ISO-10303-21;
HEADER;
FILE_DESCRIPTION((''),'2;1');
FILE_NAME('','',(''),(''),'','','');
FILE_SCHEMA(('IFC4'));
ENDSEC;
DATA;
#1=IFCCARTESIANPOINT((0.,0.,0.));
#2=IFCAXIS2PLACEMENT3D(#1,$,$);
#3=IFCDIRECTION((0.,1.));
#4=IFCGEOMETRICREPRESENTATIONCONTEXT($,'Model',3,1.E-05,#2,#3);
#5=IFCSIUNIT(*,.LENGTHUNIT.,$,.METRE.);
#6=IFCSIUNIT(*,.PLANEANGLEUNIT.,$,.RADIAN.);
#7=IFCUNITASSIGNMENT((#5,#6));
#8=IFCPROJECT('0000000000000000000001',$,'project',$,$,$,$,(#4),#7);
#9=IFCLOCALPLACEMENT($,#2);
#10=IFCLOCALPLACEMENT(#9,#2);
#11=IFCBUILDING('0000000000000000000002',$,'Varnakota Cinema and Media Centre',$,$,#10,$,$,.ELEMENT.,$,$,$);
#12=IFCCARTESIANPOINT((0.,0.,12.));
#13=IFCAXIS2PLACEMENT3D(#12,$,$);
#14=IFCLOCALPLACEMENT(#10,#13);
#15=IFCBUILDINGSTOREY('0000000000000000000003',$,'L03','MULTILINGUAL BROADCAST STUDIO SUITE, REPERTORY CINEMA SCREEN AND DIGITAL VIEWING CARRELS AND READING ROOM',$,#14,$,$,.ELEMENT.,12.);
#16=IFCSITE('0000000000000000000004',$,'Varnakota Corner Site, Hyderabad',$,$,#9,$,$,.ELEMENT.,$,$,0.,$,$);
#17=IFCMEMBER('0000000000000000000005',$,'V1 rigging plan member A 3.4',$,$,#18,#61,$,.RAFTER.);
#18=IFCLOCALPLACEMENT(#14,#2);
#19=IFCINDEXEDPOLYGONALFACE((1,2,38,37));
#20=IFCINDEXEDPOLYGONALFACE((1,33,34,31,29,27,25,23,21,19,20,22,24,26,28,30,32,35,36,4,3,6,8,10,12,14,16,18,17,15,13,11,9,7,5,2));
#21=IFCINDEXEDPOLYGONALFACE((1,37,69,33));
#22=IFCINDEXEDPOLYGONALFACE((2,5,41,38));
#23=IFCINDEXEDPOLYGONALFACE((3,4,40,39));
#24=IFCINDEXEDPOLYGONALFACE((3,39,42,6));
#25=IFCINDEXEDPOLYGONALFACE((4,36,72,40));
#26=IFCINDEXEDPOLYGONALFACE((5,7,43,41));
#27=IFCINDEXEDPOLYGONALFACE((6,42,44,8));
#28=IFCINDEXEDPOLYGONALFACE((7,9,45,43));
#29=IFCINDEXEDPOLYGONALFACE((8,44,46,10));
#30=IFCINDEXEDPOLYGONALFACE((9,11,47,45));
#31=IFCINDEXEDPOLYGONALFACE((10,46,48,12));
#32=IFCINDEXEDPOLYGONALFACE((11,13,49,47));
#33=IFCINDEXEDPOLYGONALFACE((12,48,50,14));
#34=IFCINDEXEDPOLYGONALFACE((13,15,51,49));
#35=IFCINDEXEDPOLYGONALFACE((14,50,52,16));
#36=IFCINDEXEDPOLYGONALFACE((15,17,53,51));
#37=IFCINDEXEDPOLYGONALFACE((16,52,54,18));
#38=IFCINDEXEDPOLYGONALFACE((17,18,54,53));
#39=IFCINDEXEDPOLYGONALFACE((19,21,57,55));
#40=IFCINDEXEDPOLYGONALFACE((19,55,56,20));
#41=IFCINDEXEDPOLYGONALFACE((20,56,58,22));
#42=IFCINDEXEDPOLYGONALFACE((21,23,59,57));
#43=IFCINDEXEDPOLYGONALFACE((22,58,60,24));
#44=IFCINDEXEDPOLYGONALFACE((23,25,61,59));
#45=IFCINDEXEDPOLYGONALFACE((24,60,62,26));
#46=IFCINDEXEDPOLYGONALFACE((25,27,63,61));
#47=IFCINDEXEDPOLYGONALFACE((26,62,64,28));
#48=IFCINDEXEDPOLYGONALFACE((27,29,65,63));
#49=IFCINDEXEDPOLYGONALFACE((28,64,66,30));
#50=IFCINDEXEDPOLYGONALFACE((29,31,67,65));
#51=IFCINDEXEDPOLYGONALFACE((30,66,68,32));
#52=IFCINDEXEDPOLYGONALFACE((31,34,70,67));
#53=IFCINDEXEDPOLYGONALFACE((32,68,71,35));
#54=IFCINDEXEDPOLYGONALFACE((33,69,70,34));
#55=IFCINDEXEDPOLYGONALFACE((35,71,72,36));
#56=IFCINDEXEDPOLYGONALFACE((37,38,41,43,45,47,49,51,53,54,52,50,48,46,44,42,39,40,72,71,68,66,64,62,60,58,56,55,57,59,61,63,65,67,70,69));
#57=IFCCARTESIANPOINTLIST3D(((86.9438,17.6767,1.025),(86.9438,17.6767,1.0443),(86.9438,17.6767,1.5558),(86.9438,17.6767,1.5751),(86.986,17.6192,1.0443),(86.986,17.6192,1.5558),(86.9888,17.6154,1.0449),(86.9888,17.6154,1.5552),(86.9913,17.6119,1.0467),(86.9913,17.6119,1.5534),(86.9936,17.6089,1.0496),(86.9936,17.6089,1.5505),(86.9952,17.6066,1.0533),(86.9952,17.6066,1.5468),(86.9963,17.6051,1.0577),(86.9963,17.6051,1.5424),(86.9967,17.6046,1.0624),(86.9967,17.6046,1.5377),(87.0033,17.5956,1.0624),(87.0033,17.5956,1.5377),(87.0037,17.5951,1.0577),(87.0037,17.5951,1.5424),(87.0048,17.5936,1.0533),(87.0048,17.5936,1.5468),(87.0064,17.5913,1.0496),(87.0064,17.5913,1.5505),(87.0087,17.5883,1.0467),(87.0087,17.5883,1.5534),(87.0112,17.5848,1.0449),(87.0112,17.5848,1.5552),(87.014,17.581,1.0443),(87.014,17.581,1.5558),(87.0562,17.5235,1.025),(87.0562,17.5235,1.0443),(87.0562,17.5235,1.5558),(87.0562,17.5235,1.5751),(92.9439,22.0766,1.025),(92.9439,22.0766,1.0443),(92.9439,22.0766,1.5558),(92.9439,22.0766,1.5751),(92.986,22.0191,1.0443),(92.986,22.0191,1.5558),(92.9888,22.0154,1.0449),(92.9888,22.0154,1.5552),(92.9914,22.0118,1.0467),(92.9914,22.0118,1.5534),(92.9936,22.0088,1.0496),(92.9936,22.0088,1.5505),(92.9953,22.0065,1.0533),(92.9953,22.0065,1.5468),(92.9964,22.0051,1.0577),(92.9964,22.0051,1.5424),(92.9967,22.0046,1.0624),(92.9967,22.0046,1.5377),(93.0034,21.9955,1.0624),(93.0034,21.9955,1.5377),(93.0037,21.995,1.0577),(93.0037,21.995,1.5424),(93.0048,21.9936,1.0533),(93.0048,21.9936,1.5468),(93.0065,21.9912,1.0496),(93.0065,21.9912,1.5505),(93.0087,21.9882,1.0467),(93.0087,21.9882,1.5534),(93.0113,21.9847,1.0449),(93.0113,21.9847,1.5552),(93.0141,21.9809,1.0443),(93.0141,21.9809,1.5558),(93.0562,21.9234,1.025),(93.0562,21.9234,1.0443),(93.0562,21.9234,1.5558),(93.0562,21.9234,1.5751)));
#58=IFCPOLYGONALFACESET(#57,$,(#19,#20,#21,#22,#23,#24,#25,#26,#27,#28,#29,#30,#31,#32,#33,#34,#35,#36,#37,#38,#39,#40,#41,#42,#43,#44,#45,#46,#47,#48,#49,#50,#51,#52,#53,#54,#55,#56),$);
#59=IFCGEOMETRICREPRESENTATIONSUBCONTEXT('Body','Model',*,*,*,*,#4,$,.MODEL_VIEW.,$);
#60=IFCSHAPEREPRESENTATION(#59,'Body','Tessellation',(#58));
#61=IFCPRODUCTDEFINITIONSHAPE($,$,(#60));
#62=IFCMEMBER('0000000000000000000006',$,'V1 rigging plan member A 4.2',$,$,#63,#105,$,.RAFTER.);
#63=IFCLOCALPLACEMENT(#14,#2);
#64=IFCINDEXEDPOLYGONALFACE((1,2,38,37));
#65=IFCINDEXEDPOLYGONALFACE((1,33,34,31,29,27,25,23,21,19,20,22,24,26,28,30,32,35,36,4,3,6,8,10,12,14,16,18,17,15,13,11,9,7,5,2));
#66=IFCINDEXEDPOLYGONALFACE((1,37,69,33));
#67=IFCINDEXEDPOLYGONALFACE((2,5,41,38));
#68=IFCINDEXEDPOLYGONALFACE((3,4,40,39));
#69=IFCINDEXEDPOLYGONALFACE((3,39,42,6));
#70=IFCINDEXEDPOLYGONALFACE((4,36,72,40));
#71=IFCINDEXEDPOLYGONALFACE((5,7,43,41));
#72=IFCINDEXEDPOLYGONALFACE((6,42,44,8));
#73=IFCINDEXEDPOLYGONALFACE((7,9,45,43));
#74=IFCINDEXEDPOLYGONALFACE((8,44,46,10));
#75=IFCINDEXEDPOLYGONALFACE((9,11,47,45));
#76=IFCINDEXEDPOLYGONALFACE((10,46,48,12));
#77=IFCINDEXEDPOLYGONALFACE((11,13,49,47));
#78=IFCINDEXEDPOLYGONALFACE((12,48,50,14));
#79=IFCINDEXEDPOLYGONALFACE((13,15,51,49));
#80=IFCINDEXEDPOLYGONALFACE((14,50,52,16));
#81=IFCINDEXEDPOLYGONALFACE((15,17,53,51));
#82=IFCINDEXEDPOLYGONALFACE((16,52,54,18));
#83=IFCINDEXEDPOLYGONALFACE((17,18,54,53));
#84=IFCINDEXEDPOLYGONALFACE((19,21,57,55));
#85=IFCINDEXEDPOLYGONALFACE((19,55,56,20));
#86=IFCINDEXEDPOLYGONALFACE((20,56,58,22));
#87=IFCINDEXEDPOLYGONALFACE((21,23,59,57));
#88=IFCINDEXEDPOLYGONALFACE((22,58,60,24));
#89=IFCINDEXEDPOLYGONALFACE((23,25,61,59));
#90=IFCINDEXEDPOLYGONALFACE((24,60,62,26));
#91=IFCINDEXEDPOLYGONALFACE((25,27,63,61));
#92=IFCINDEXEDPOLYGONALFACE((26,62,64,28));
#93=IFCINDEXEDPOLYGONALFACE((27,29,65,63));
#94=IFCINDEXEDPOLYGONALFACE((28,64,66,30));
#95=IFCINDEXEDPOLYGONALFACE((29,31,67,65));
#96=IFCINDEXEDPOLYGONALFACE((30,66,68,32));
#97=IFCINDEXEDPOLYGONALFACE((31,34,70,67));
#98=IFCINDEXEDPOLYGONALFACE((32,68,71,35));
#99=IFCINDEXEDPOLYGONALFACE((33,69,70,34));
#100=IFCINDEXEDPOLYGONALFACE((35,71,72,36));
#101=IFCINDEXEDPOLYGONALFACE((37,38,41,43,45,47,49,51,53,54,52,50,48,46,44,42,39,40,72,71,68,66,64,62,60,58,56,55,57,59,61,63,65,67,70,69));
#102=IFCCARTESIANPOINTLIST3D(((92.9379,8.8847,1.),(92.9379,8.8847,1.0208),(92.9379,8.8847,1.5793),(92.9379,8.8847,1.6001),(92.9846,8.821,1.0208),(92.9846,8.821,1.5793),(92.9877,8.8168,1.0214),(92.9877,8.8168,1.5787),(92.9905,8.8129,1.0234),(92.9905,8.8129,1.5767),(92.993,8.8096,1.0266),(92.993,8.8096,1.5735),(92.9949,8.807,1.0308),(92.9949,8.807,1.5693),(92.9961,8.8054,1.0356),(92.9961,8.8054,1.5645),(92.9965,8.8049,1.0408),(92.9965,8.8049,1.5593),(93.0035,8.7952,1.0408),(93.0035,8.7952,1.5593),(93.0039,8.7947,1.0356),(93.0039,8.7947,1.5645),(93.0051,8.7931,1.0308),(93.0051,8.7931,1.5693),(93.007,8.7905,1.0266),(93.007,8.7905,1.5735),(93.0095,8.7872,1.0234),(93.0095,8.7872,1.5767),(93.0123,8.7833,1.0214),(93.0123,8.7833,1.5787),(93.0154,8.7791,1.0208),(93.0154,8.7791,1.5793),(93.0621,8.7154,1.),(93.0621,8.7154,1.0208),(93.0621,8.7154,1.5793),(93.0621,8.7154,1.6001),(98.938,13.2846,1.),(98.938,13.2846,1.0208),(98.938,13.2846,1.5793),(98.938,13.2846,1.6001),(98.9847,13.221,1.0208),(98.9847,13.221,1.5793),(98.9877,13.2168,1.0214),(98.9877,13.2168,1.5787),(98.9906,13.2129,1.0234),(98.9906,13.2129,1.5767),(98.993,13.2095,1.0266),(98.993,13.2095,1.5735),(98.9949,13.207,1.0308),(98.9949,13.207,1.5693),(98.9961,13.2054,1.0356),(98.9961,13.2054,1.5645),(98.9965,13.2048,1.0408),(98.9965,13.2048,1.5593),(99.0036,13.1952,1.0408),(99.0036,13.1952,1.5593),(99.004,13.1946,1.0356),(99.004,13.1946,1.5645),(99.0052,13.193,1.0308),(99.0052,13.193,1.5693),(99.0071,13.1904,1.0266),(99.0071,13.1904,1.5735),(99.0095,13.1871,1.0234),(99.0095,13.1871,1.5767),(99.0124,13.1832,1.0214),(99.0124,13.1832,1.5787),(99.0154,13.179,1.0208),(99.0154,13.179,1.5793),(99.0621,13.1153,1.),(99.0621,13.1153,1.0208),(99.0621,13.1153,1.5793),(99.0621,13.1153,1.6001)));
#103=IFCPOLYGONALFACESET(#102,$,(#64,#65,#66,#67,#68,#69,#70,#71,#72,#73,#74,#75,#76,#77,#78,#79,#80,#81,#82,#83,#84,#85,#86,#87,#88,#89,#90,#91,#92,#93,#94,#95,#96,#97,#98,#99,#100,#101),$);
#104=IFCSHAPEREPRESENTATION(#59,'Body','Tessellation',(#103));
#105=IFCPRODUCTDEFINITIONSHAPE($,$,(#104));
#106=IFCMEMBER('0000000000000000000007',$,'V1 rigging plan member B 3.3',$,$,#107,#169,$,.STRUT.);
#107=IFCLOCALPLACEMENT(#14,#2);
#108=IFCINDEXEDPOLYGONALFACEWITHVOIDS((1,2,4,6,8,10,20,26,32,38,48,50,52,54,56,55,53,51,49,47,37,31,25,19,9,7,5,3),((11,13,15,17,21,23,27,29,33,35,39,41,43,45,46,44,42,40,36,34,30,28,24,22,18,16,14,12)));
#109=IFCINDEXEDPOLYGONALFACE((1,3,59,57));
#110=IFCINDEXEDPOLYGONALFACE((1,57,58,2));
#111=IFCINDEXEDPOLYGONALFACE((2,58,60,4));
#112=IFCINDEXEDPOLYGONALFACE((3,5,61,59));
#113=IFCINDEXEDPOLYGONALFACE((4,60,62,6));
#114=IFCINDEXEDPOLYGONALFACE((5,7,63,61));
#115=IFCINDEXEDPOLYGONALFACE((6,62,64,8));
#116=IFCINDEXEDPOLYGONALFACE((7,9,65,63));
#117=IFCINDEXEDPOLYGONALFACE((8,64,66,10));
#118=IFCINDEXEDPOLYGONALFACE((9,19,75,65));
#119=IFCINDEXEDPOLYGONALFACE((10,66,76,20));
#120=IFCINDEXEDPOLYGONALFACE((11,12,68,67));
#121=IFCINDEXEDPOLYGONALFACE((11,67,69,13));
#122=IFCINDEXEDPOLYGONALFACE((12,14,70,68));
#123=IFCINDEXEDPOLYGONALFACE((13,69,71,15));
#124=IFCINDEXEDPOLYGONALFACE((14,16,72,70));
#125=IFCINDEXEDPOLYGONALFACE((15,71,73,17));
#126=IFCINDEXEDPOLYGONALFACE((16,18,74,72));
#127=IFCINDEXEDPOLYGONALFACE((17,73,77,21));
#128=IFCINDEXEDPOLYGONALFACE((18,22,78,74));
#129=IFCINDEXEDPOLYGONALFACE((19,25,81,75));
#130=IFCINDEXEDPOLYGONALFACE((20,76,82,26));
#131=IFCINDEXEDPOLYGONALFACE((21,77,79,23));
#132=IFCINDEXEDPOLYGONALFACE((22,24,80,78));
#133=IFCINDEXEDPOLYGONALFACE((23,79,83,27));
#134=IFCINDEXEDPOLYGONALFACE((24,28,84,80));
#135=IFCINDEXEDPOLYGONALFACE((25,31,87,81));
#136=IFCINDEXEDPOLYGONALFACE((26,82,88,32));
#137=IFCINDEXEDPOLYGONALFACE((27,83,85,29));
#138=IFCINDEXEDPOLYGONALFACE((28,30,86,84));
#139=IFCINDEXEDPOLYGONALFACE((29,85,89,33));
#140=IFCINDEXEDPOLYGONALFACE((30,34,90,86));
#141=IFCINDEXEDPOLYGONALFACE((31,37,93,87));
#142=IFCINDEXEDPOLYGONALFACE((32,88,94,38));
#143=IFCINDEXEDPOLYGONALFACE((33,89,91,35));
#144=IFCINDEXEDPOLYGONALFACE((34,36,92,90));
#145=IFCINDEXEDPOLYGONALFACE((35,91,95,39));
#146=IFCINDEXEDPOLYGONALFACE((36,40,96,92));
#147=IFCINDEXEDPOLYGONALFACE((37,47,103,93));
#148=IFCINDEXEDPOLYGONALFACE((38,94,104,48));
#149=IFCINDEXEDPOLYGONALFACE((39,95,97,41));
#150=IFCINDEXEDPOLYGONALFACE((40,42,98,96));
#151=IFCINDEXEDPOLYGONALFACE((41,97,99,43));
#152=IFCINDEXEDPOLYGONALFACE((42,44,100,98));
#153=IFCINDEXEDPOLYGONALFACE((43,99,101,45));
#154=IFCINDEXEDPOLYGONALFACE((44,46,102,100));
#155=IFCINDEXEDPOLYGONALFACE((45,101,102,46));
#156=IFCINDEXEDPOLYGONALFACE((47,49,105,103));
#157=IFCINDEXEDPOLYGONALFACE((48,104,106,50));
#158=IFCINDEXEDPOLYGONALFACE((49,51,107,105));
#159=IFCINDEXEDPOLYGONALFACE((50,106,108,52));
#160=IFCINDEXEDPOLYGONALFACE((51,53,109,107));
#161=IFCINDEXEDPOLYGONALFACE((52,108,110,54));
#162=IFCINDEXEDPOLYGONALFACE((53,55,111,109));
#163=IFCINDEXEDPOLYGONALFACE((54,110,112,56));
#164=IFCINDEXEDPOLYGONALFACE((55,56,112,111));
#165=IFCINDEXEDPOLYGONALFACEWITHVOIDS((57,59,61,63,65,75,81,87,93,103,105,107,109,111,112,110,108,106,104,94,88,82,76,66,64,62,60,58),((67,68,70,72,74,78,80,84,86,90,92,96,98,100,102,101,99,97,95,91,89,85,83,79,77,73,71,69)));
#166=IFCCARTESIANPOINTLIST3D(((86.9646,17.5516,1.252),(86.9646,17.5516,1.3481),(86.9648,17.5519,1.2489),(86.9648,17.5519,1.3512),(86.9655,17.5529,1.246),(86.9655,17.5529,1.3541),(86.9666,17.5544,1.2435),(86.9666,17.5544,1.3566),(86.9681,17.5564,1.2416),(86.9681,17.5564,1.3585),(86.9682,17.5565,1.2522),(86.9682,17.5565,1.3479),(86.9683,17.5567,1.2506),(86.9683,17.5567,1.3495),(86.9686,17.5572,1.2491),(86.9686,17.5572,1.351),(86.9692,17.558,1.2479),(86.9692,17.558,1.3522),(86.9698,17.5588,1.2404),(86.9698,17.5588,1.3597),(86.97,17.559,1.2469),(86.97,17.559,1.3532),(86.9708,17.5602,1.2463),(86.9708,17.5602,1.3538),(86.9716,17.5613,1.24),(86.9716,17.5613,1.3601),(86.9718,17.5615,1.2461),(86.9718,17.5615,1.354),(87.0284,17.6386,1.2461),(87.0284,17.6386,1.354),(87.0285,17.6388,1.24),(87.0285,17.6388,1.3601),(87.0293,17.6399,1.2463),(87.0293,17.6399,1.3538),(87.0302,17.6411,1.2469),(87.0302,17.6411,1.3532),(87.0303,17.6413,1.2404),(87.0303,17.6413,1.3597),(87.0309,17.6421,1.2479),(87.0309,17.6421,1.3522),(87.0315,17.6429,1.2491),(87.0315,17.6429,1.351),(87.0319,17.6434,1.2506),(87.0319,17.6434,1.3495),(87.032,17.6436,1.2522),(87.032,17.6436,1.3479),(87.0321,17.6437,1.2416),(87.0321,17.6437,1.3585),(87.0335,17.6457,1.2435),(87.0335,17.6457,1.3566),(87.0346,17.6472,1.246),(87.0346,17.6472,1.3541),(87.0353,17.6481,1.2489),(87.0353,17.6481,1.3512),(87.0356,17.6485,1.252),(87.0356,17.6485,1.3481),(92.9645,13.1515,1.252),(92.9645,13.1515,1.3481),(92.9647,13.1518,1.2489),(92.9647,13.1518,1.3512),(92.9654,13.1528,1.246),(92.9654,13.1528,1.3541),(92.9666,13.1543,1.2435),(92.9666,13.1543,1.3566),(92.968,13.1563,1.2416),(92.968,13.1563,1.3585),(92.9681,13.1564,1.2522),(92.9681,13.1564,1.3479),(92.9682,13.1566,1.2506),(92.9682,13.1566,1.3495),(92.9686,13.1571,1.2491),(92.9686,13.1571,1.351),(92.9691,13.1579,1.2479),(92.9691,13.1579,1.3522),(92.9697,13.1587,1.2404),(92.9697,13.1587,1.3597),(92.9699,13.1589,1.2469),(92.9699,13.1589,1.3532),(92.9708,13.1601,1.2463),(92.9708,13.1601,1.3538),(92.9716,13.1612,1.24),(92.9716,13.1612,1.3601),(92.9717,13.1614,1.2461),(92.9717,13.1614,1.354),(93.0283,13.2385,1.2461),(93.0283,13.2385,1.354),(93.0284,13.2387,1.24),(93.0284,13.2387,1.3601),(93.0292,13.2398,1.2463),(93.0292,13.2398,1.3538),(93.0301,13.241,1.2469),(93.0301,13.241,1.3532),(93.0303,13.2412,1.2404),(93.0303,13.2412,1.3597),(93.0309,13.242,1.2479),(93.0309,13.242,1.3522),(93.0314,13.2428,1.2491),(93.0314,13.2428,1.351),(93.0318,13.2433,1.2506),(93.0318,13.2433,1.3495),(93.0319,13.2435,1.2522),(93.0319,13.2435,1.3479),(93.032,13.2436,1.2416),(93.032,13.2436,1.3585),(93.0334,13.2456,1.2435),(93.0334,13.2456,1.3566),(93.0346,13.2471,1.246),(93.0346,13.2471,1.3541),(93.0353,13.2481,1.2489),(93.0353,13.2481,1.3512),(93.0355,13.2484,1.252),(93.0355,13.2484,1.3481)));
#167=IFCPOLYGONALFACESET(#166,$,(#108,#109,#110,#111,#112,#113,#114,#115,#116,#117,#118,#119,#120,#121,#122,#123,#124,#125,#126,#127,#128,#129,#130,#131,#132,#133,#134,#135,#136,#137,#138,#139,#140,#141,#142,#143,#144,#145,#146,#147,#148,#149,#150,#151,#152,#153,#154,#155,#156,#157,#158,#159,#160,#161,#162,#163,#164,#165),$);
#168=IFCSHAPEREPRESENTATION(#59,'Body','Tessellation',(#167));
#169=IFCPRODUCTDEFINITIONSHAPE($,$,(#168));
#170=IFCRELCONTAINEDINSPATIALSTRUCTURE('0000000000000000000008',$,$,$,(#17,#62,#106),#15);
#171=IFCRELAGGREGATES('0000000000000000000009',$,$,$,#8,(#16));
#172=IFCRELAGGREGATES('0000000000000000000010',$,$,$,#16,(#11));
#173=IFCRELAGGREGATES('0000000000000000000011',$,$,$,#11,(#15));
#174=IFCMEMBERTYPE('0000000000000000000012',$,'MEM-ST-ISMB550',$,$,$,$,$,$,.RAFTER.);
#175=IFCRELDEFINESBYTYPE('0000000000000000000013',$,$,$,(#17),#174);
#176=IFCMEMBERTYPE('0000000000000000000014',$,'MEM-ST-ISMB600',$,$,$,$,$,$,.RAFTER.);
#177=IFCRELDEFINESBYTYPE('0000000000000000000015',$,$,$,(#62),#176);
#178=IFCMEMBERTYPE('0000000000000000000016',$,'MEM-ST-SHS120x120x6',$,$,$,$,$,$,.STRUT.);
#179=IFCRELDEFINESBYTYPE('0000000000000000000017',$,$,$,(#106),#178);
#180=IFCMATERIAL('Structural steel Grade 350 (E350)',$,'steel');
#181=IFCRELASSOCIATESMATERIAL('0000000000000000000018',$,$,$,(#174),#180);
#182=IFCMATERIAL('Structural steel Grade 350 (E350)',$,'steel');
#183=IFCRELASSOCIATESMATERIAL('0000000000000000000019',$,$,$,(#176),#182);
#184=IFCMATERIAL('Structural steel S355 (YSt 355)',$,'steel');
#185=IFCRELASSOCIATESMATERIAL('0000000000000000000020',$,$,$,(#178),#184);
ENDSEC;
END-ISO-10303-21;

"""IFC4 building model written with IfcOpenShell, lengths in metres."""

from ifc_helpers import new_model, si_unit, direction, frame, origin, origin_2d, place, context, subcontext, project, spatial, hollow_rectangle, i_section, extrude, material, material_profile, profile_set, type_object, element, save


model = new_model("IFC4")

# Units and contexts
model_context = context("Model", 3, precision=1e-05, world=origin(), true_north=direction((0.0, 1.0)))
body_context = subcontext(model_context, "Body", "Model", "MODEL_VIEW")
ifc_project = project(units=[si_unit("LENGTHUNIT", "METRE"), si_unit("PLANEANGLEUNIT", "RADIAN")], contexts=[model_context])

# Site, building, storey
site_placement = place(None, origin())
site = spatial("IfcSite", under=ifc_project, at=site_placement, Name="Varnakota Corner Site, Hyderabad", CompositionType="ELEMENT", RefElevation=0.0)
building_placement = place(site_placement, origin())
building = spatial("IfcBuilding", under=site, at=building_placement, Name="Varnakota Cinema and Media Centre", CompositionType="ELEMENT")
storey_placement = place(building_placement, frame((0.0, 0.0, 12.0)))
storey = spatial("IfcBuildingStorey", under=building, at=storey_placement, Name="L03", Description="MULTILINGUAL BROADCAST STUDIO SUITE, REPERTORY CINEMA SCREEN AND DIGITAL VIEWING CARRELS AND READING ROOM", CompositionType="ELEMENT", Elevation=12.0)

# Members
ifc_material_1 = material(Name="Structural steel Grade 350 (E350)", Category="steel")
ifc_material_profile_1 = material_profile(ifc_material_1, i_section(OverallWidth=0.1899, OverallDepth=0.55, WebThickness=0.0112, FlangeThickness=0.0193, FilletRadius=0.0181, at=origin_2d()), Name="ISMB 550")
ifc_profile_set_1 = profile_set([ifc_material_profile_1], Name="Structural steel Grade 350 (E350)")
member_type_1 = type_object("IfcMemberType", Name="MEM-ST-ISMB550", PredefinedType="RAFTER", material=ifc_profile_set_1)
member_1_placement = place(storey_placement, frame((87.0, 17.6001, 1.3), z_axis=(0.806411, 0.591355, 0.0), x_axis=(-0.591355, 0.806411, 0.0)))
element("IfcMember", 1, at=member_1_placement, inside=storey, type_object=member_type_1, Name="V1 rigging plan member A 3.4", PredefinedType="RAFTER", context=body_context, shape_type="SweptSolid", body=[
    extrude(i_section(OverallWidth=0.1899, OverallDepth=0.55, WebThickness=0.0112, FlangeThickness=0.0193, FilletRadius=0.0181, at=origin_2d()), origin(), (0.0, 0.0, 1.0), 7.4404),
])
ifc_material_2 = material(Name="Structural steel Grade 350 (E350)", Category="steel")
ifc_material_profile_2 = material_profile(ifc_material_2, i_section(OverallWidth=0.21, OverallDepth=0.6001, WebThickness=0.012, FlangeThickness=0.0208, FilletRadius=0.02, at=origin_2d()), Name="ISMB 600")
ifc_profile_set_2 = profile_set([ifc_material_profile_2], Name="Structural steel Grade 350 (E350)")
member_type_2 = type_object("IfcMemberType", Name="MEM-ST-ISMB600", PredefinedType="RAFTER", material=ifc_profile_set_2)
member_2_placement = place(storey_placement, frame((93.0, 8.8, 1.3), z_axis=(0.806411, 0.591355, 0.0), x_axis=(-0.591355, 0.806411, 0.0)))
element("IfcMember", 2, at=member_2_placement, inside=storey, type_object=member_type_2, Name="V1 rigging plan member A 4.2", PredefinedType="RAFTER", context=body_context, shape_type="SweptSolid", body=[
    extrude(i_section(OverallWidth=0.21, OverallDepth=0.6001, WebThickness=0.012, FlangeThickness=0.0208, FilletRadius=0.02, at=origin_2d()), origin(), (0.0, 0.0, 1.0), 7.4404),
])
ifc_material_3 = material(Name="Structural steel S355 (YSt 355)", Category="steel")
ifc_material_profile_3 = material_profile(ifc_material_3, hollow_rectangle(XDim=0.1201, YDim=0.1201, WallThickness=0.0061, InnerFilletRadius=0.0061, OuterFilletRadius=0.012, at=origin_2d()), Name="SHS 120x120x6")
ifc_profile_set_3 = profile_set([ifc_material_profile_3], Name="Structural steel S355 (YSt 355)")
member_type_3 = type_object("IfcMemberType", Name="MEM-ST-SHS120x120x6", PredefinedType="STRUT", material=ifc_profile_set_3)
member_3_placement = place(storey_placement, frame((93.0, 13.2, 1.3), z_axis=(-0.806396, 0.591376, 0.0), x_axis=(-0.591376, -0.806396, 0.0)))
element("IfcMember", 3, at=member_3_placement, inside=storey, type_object=member_type_3, Name="V1 rigging plan member B 3.3", PredefinedType="STRUT", context=body_context, shape_type="SweptSolid", body=[
    extrude(hollow_rectangle(XDim=0.1201, YDim=0.1201, WallThickness=0.0061, InnerFilletRadius=0.0061, OuterFilletRadius=0.012, at=origin_2d()), origin(), (0.0, 0.0, 1.0), 7.4404),
])

save(model, "model.ifc")
